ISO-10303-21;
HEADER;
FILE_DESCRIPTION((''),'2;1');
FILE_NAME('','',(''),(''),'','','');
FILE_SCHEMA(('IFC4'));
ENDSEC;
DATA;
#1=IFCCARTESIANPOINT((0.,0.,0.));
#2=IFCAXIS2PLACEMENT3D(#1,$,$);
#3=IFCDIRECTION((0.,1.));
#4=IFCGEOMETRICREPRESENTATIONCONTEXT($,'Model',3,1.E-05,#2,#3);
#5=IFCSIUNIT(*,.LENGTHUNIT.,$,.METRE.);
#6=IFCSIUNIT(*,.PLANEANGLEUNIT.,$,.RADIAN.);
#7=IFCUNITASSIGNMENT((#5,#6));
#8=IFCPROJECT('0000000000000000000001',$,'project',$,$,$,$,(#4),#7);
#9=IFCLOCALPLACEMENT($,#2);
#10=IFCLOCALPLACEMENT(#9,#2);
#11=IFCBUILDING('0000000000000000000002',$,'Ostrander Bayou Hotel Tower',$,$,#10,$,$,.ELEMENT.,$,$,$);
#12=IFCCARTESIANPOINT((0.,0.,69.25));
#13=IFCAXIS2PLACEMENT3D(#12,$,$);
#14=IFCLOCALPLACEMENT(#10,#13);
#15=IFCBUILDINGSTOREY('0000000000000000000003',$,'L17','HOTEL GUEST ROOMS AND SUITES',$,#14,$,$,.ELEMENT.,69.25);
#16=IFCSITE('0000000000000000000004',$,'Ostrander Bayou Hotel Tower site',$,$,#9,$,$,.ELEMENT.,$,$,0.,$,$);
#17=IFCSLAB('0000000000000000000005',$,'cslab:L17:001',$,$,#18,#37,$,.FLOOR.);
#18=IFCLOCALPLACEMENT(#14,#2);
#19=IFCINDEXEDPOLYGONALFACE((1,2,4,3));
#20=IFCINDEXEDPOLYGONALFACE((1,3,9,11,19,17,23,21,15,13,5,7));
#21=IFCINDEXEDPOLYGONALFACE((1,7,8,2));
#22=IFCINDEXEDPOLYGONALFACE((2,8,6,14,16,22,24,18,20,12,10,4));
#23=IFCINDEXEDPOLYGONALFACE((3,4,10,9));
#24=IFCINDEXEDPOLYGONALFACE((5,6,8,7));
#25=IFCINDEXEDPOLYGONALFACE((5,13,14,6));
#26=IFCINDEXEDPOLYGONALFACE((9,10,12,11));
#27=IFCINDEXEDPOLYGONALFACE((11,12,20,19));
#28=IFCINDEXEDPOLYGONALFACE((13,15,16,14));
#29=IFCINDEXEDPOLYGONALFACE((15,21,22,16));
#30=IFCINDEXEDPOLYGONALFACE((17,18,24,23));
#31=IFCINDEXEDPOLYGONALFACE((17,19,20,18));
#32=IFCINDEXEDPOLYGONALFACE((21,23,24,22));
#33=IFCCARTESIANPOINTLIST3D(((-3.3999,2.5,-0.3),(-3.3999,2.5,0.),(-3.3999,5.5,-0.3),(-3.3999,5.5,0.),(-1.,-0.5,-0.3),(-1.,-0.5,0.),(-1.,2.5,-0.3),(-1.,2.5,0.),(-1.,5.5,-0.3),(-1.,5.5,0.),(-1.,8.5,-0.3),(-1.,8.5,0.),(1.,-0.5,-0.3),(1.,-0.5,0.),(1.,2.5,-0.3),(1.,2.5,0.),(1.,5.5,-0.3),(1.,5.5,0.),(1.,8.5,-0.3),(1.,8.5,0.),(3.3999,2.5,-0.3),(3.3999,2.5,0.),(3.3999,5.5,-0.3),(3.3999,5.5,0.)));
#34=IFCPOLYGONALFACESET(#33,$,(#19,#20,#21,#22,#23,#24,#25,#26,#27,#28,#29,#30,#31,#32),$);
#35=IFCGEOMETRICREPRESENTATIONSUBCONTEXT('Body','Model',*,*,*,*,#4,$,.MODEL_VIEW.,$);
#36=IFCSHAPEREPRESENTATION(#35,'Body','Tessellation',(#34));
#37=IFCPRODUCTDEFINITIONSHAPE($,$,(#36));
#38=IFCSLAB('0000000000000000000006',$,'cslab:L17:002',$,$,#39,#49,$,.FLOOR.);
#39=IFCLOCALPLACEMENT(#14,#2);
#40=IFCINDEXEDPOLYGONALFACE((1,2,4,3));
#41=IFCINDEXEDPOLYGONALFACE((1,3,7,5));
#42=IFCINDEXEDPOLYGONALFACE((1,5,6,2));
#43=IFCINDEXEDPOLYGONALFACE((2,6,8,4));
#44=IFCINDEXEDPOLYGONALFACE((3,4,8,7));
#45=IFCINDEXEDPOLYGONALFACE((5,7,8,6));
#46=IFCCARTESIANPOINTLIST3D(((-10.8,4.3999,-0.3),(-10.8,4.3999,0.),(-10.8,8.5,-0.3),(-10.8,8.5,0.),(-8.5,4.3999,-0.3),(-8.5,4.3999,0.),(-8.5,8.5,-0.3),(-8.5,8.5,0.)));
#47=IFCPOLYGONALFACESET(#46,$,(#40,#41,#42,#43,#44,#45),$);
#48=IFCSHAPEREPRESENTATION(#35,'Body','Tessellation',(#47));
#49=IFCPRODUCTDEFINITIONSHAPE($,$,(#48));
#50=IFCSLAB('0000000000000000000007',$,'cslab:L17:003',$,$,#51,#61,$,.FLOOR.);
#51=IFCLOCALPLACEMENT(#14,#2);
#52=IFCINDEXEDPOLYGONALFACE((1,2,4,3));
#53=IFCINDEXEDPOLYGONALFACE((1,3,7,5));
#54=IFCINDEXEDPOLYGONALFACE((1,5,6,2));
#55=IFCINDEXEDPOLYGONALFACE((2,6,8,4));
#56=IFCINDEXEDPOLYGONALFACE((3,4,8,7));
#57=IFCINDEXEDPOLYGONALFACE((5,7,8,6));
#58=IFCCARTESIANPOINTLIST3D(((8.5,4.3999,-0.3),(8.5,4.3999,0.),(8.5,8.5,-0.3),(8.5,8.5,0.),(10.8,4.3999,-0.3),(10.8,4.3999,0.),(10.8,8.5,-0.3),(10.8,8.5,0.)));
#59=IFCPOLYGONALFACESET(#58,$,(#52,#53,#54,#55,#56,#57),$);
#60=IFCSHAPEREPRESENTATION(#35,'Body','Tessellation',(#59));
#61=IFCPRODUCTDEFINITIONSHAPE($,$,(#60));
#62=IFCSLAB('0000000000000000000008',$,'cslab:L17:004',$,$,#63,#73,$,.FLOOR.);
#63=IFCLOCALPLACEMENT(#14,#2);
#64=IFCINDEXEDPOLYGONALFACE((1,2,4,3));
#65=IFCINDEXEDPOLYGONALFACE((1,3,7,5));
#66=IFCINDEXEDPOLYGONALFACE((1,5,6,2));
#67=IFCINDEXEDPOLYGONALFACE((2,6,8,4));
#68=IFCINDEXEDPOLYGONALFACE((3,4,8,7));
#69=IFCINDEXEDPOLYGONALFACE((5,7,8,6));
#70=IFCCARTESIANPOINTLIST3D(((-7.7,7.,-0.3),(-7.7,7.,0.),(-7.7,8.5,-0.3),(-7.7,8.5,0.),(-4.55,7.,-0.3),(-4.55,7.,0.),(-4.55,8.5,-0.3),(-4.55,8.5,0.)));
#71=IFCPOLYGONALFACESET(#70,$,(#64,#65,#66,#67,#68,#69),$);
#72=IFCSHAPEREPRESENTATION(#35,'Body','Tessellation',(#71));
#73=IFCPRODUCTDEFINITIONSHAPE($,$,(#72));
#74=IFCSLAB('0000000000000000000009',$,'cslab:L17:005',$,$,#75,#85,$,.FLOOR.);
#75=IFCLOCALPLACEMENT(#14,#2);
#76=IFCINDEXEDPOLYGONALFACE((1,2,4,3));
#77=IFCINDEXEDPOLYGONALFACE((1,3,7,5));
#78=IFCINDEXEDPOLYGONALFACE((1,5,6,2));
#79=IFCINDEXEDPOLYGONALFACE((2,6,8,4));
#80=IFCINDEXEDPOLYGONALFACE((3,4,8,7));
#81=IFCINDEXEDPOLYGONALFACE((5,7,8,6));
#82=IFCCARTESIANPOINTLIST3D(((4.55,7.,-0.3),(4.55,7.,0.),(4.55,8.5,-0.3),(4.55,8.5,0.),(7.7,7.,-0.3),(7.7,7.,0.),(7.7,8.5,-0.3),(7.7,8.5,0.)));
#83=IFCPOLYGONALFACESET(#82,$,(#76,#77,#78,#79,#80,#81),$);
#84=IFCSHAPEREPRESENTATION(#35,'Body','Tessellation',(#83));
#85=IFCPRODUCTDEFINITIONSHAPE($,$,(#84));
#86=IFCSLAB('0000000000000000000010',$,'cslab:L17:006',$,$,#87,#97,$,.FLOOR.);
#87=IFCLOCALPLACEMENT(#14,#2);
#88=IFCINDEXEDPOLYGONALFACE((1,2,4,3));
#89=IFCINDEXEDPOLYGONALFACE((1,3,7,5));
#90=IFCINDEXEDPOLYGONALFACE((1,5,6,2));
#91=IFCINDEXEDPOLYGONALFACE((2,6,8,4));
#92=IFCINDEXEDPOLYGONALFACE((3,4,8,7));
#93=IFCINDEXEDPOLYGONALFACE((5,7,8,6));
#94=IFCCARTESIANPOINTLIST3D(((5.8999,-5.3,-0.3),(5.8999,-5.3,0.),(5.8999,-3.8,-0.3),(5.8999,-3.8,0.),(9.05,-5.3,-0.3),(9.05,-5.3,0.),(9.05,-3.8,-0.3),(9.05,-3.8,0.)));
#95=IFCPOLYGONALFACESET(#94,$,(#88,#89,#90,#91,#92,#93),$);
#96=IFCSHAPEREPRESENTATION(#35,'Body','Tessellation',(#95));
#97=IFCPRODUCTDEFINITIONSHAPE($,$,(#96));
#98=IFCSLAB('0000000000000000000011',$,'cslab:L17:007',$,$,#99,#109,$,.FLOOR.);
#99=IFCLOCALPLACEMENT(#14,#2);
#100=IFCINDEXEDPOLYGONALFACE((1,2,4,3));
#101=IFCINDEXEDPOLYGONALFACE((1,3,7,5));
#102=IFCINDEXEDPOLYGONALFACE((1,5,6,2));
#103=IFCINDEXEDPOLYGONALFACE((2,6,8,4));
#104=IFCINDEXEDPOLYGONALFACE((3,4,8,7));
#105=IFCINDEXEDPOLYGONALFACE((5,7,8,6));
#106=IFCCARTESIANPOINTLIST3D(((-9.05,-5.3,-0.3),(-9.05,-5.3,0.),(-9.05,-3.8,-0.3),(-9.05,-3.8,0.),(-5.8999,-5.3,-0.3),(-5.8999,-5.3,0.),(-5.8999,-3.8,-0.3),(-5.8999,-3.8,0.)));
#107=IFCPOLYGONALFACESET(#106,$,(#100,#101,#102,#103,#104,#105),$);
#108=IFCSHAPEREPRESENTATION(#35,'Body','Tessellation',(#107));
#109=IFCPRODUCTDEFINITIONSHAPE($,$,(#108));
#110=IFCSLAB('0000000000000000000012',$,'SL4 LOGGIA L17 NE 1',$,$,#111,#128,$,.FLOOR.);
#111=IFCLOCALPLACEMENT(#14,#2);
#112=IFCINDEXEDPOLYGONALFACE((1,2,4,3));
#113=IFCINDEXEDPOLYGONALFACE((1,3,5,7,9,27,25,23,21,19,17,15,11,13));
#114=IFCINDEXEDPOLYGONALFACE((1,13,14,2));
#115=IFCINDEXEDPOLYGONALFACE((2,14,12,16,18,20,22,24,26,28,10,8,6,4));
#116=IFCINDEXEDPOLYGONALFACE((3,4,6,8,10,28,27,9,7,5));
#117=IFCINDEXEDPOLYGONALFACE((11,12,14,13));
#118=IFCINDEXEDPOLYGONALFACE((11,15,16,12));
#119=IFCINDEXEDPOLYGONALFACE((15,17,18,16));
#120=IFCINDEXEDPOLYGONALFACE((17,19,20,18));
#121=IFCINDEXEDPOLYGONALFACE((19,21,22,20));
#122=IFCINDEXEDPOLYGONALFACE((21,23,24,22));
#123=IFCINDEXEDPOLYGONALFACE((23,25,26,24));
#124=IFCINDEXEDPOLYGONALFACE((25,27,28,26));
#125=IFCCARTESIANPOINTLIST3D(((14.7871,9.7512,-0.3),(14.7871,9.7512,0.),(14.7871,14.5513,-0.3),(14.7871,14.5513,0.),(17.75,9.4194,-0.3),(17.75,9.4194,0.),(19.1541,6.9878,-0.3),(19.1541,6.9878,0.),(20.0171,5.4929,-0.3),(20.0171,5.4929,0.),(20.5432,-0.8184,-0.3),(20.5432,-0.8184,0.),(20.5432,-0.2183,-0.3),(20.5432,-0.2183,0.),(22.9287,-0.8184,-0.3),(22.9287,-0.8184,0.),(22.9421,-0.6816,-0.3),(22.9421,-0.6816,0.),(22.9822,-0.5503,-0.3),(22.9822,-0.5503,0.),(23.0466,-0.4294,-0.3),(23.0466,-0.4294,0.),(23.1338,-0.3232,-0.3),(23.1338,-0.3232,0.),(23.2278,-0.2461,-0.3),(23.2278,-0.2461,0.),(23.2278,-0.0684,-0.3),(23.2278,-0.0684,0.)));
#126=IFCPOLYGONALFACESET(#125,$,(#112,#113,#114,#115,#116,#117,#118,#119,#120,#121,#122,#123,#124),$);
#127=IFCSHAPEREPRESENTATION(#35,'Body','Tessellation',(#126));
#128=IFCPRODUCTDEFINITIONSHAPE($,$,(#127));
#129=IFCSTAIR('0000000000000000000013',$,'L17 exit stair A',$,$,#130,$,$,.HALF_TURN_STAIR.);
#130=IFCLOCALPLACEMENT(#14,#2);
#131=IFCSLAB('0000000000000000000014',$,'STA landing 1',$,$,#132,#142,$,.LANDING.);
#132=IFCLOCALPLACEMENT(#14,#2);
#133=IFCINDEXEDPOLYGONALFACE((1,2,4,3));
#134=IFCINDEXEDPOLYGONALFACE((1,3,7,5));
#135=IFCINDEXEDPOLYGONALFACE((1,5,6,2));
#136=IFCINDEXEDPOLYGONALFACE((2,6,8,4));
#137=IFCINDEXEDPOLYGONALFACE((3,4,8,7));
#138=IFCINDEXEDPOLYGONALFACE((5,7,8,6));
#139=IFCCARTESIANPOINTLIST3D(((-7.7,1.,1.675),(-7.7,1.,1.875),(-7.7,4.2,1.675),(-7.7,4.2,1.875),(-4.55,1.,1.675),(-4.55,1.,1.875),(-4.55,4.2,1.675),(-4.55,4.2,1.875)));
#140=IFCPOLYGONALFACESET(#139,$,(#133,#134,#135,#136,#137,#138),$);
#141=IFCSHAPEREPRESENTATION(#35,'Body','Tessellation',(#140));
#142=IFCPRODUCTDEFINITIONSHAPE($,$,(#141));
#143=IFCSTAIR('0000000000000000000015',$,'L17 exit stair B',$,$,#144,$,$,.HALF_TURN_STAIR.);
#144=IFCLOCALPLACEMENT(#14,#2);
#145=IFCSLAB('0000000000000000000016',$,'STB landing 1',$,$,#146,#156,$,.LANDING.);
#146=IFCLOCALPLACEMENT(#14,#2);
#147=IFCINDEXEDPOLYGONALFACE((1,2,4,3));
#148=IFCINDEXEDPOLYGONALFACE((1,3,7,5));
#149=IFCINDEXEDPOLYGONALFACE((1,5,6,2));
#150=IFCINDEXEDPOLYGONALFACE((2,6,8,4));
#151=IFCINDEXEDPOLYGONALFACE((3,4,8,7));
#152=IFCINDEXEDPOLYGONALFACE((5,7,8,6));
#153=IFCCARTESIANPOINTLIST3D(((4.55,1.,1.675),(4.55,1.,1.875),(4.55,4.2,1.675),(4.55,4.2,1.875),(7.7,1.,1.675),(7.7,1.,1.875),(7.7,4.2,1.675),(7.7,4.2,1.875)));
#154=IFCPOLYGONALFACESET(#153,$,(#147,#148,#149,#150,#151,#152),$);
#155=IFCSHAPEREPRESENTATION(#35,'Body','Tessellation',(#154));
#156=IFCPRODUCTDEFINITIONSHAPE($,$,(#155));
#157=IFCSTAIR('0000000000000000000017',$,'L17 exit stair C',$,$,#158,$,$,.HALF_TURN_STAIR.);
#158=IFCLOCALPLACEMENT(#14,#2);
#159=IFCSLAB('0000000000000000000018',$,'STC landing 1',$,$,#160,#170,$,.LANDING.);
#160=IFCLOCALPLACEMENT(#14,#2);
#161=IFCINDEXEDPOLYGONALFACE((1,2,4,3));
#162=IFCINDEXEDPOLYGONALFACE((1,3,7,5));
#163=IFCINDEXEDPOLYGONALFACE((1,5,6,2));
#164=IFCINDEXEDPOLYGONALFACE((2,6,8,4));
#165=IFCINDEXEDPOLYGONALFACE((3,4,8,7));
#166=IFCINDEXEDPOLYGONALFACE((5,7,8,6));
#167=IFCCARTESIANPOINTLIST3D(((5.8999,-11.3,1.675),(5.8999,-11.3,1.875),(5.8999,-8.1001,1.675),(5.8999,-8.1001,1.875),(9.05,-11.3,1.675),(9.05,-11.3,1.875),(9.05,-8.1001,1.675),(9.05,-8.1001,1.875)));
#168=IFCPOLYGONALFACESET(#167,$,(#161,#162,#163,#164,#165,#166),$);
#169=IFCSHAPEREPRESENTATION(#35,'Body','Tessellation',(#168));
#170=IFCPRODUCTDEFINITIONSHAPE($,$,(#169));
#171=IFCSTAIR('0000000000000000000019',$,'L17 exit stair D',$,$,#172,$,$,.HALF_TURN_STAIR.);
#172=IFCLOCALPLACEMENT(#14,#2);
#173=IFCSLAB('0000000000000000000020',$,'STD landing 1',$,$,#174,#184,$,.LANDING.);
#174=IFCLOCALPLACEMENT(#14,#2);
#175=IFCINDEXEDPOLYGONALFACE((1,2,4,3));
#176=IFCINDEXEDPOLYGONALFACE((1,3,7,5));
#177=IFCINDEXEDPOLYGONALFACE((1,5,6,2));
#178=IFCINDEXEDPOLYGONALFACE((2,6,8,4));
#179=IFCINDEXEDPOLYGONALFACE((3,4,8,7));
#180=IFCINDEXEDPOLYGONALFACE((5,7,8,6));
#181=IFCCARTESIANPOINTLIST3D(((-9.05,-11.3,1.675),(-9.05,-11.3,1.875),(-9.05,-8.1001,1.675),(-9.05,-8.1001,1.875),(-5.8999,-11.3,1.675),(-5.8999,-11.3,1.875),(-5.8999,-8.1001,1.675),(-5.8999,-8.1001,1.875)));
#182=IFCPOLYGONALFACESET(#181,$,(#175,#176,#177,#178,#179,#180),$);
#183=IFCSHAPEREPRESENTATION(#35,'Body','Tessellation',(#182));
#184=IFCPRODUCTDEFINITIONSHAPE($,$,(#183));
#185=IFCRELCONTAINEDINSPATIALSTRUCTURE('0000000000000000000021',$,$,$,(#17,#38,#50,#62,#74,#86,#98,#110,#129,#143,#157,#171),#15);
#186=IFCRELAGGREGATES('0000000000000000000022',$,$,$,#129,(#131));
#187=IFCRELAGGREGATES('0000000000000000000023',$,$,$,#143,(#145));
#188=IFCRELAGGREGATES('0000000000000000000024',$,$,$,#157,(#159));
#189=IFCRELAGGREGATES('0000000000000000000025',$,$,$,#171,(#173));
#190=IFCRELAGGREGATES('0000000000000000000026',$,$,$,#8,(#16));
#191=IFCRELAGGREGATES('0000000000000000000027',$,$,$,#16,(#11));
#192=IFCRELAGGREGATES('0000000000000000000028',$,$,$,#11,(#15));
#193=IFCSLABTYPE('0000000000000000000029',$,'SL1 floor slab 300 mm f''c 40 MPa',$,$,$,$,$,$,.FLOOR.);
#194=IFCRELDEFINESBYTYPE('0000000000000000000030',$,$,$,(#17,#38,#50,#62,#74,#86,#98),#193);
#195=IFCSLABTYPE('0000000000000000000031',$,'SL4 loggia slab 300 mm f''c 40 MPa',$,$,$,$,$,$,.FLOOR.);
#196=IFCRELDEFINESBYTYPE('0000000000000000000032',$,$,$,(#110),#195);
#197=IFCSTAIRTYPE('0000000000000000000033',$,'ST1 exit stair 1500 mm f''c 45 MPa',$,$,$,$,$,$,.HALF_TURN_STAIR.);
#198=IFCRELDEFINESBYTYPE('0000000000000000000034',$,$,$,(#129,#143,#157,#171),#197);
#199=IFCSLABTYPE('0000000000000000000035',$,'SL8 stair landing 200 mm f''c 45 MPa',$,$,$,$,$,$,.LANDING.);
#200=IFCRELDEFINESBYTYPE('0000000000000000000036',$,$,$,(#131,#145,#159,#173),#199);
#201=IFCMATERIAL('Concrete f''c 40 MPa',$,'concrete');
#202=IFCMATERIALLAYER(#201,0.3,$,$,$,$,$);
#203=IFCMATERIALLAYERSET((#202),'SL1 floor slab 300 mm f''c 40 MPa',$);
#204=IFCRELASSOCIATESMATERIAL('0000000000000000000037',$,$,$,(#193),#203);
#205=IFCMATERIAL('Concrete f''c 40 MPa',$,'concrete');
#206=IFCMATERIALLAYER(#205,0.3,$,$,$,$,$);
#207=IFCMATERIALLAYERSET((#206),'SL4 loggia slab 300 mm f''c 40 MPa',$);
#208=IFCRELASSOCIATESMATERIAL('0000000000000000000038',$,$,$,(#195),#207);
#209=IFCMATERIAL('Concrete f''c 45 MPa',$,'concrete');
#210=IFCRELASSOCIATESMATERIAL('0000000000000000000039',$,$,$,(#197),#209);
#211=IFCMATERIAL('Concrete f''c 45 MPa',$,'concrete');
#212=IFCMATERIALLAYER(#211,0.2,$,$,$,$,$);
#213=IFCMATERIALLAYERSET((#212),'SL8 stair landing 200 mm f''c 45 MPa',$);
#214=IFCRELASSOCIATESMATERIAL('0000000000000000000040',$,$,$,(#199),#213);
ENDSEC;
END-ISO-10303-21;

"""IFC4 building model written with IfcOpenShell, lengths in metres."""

from ifc_helpers import new_model, si_unit, direction, frame, origin, place, context, subcontext, project, spatial, polyline, outline, extrude, material, layer, layer_set, type_object, element, aggregate, save


model = new_model("IFC4")

# Units and contexts
model_context = context("Model", 3, precision=1e-05, world=origin(), true_north=direction((0.0, 1.0)))
body_context = subcontext(model_context, "Body", "Model", "MODEL_VIEW")
ifc_project = project(units=[si_unit("LENGTHUNIT", "METRE"), si_unit("PLANEANGLEUNIT", "RADIAN")], contexts=[model_context])

# Site, building, storey
site_placement = place(None, origin())
site = spatial("IfcSite", under=ifc_project, at=site_placement, Name="Ostrander Bayou Hotel Tower site", CompositionType="ELEMENT", RefElevation=0.0)
building_placement = place(site_placement, origin())
building = spatial("IfcBuilding", under=site, at=building_placement, Name="Ostrander Bayou Hotel Tower", CompositionType="ELEMENT")
storey_placement = place(building_placement, frame((0.0, 0.0, 69.25)))
storey = spatial("IfcBuildingStorey", under=building, at=storey_placement, Name="L17", Description="HOTEL GUEST ROOMS AND SUITES", CompositionType="ELEMENT", Elevation=69.25)

# Slabs
ifc_material_1 = material(Name="Concrete f'c 40 MPa", Category="concrete")
ifc_layer_1 = layer(ifc_material_1, 0.3)
ifc_layer_set_1 = layer_set([ifc_layer_1], Name="SL1 floor slab 300 mm f'c 40 MPa")
slab_type_1 = type_object("IfcSlabType", Name="SL1 floor slab 300 mm f'c 40 MPa", PredefinedType="FLOOR", material=ifc_layer_set_1)
slab_1_placement = place(storey_placement, frame((0.0, 0.0, -0.3)))
element("IfcSlab", 1, at=slab_1_placement, inside=storey, type_object=slab_type_1, Name="cslab:L17:001", PredefinedType="FLOOR", context=body_context, shape_type="SweptSolid", body=[
    extrude(outline(polyline([(-3.3999, 5.5), (-1.0, 5.5), (-1.0, 8.5), (1.0, 8.5), (1.0, 5.5), (3.3999, 5.5), (3.3999, 2.5), (1.0, 2.5), (1.0, -0.5), (-1.0, -0.5), (-1.0, 2.5), (-3.3999, 2.5), (-3.3999, 5.5)])), origin(), (0.0, 0.0, 1.0), 0.3),
])
slab_2_placement = place(storey_placement, frame((0.0, 0.0, -0.3)))
element("IfcSlab", 2, at=slab_2_placement, inside=storey, type_object=slab_type_1, Name="cslab:L17:002", PredefinedType="FLOOR", context=body_context, shape_type="SweptSolid", body=[
    extrude(outline(polyline([(-8.5, 4.3999), (-8.5, 8.5), (-10.8, 8.5), (-10.8, 4.3999), (-8.5, 4.3999)])), origin(), (0.0, 0.0, 1.0), 0.3),
])
slab_3_placement = place(storey_placement, frame((0.0, 0.0, -0.3)))
element("IfcSlab", 3, at=slab_3_placement, inside=storey, type_object=slab_type_1, Name="cslab:L17:003", PredefinedType="FLOOR", context=body_context, shape_type="SweptSolid", body=[
    extrude(outline(polyline([(10.8, 4.3999), (10.8, 8.5), (8.5, 8.5), (8.5, 4.3999), (10.8, 4.3999)])), origin(), (0.0, 0.0, 1.0), 0.3),
])
slab_4_placement = place(storey_placement, frame((0.0, 0.0, -0.3)))
element("IfcSlab", 4, at=slab_4_placement, inside=storey, type_object=slab_type_1, Name="cslab:L17:004", PredefinedType="FLOOR", context=body_context, shape_type="SweptSolid", body=[
    extrude(outline(polyline([(-4.55, 7.0), (-4.55, 8.5), (-7.7, 8.5), (-7.7, 7.0), (-4.55, 7.0)])), origin(), (0.0, 0.0, 1.0), 0.3),
])
slab_5_placement = place(storey_placement, frame((0.0, 0.0, -0.3)))
element("IfcSlab", 5, at=slab_5_placement, inside=storey, type_object=slab_type_1, Name="cslab:L17:005", PredefinedType="FLOOR", context=body_context, shape_type="SweptSolid", body=[
    extrude(outline(polyline([(7.7, 7.0), (7.7, 8.5), (4.55, 8.5), (4.55, 7.0), (7.7, 7.0)])), origin(), (0.0, 0.0, 1.0), 0.3),
])
slab_6_placement = place(storey_placement, frame((0.0, 0.0, -0.3)))
element("IfcSlab", 6, at=slab_6_placement, inside=storey, type_object=slab_type_1, Name="cslab:L17:006", PredefinedType="FLOOR", context=body_context, shape_type="SweptSolid", body=[
    extrude(outline(polyline([(9.05, -5.3), (9.05, -3.8), (5.8999, -3.8), (5.8999, -5.3), (9.05, -5.3)])), origin(), (0.0, 0.0, 1.0), 0.3),
])
slab_7_placement = place(storey_placement, frame((0.0, 0.0, -0.3)))
element("IfcSlab", 7, at=slab_7_placement, inside=storey, type_object=slab_type_1, Name="cslab:L17:007", PredefinedType="FLOOR", context=body_context, shape_type="SweptSolid", body=[
    extrude(outline(polyline([(-5.8999, -5.3), (-5.8999, -3.8), (-9.05, -3.8), (-9.05, -5.3), (-5.8999, -5.3)])), origin(), (0.0, 0.0, 1.0), 0.3),
])
ifc_material_2 = material(Name="Concrete f'c 40 MPa", Category="concrete")
ifc_layer_2 = layer(ifc_material_2, 0.3)
ifc_layer_set_2 = layer_set([ifc_layer_2], Name="SL4 loggia slab 300 mm f'c 40 MPa")
slab_type_2 = type_object("IfcSlabType", Name="SL4 loggia slab 300 mm f'c 40 MPa", PredefinedType="FLOOR", material=ifc_layer_set_2)
slab_8_placement = place(storey_placement, frame((0.0, 0.0, -0.3)))
element("IfcSlab", 8, at=slab_8_placement, inside=storey, type_object=slab_type_2, Name="SL4 LOGGIA L17 NE 1", PredefinedType="FLOOR", context=body_context, shape_type="SweptSolid", body=[
    extrude(outline(polyline([(14.7871, 14.5513), (17.75, 9.4194), (19.1541, 6.9878), (20.0171, 5.4929), (23.2278, -0.0684), (23.2278, -0.2461), (23.1338, -0.3232), (23.0466, -0.4294), (22.9822, -0.5503), (22.9421, -0.6816), (22.9287, -0.8184), (20.5432, -0.8184), (20.5432, -0.2183), (14.7871, 9.7512), (14.7871, 14.5513)])), origin(), (0.0, 0.0, 1.0), 0.3),
])

# Stairs, slabs
ifc_material_3 = material(Name="Concrete f'c 45 MPa", Category="concrete")
stair_type = type_object("IfcStairType", Name="ST1 exit stair 1500 mm f'c 45 MPa", PredefinedType="HALF_TURN_STAIR", material=ifc_material_3)
stair_1_placement = place(storey_placement, origin())
stair_1 = element("IfcStair", 9, at=stair_1_placement, inside=storey, type_object=stair_type, Name="L17 exit stair A", PredefinedType="HALF_TURN_STAIR")
ifc_material_4 = material(Name="Concrete f'c 45 MPa", Category="concrete")
ifc_layer_3 = layer(ifc_material_4, 0.2)
ifc_layer_set_3 = layer_set([ifc_layer_3], Name="SL8 stair landing 200 mm f'c 45 MPa")
slab_type_3 = type_object("IfcSlabType", Name="SL8 stair landing 200 mm f'c 45 MPa", PredefinedType="LANDING", material=ifc_layer_set_3)
slab_9_placement = place(storey_placement, frame((0.0, 0.0, 1.675)))
slab_9 = element("IfcSlab", 10, at=slab_9_placement, type_object=slab_type_3, Name="STA landing 1", PredefinedType="LANDING", context=body_context, shape_type="SweptSolid", body=[
    extrude(outline(polyline([(-7.7, 4.2), (-7.7, 1.0), (-4.55, 1.0), (-4.55, 4.2), (-7.7, 4.2)])), origin(), (0.0, 0.0, 1.0), 0.2),
])
aggregate(stair_1, [slab_9])
stair_2_placement = place(storey_placement, origin())
stair_2 = element("IfcStair", 11, at=stair_2_placement, inside=storey, type_object=stair_type, Name="L17 exit stair B", PredefinedType="HALF_TURN_STAIR")
slab_10_placement = place(storey_placement, frame((0.0, 0.0, 1.675)))
slab_10 = element("IfcSlab", 12, at=slab_10_placement, type_object=slab_type_3, Name="STB landing 1", PredefinedType="LANDING", context=body_context, shape_type="SweptSolid", body=[
    extrude(outline(polyline([(4.55, 4.2), (4.55, 1.0), (7.7, 1.0), (7.7, 4.2), (4.55, 4.2)])), origin(), (0.0, 0.0, 1.0), 0.2),
])
aggregate(stair_2, [slab_10])
stair_3_placement = place(storey_placement, origin())
stair_3 = element("IfcStair", 13, at=stair_3_placement, inside=storey, type_object=stair_type, Name="L17 exit stair C", PredefinedType="HALF_TURN_STAIR")
slab_11_placement = place(storey_placement, frame((0.0, 0.0, 1.675)))
slab_11 = element("IfcSlab", 14, at=slab_11_placement, type_object=slab_type_3, Name="STC landing 1", PredefinedType="LANDING", context=body_context, shape_type="SweptSolid", body=[
    extrude(outline(polyline([(5.8999, -8.1001), (5.8999, -11.3), (9.05, -11.3), (9.05, -8.1001), (5.8999, -8.1001)])), origin(), (0.0, 0.0, 1.0), 0.2),
])
aggregate(stair_3, [slab_11])
stair_4_placement = place(storey_placement, origin())
stair_4 = element("IfcStair", 15, at=stair_4_placement, inside=storey, type_object=stair_type, Name="L17 exit stair D", PredefinedType="HALF_TURN_STAIR")
slab_12_placement = place(storey_placement, frame((0.0, 0.0, 1.675)))
slab_12 = element("IfcSlab", 16, at=slab_12_placement, type_object=slab_type_3, Name="STD landing 1", PredefinedType="LANDING", context=body_context, shape_type="SweptSolid", body=[
    extrude(outline(polyline([(-9.05, -8.1001), (-9.05, -11.3), (-5.8999, -11.3), (-5.8999, -8.1001), (-9.05, -8.1001)])), origin(), (0.0, 0.0, 1.0), 0.2),
])
aggregate(stair_4, [slab_12])

save(model, "model.ifc")
